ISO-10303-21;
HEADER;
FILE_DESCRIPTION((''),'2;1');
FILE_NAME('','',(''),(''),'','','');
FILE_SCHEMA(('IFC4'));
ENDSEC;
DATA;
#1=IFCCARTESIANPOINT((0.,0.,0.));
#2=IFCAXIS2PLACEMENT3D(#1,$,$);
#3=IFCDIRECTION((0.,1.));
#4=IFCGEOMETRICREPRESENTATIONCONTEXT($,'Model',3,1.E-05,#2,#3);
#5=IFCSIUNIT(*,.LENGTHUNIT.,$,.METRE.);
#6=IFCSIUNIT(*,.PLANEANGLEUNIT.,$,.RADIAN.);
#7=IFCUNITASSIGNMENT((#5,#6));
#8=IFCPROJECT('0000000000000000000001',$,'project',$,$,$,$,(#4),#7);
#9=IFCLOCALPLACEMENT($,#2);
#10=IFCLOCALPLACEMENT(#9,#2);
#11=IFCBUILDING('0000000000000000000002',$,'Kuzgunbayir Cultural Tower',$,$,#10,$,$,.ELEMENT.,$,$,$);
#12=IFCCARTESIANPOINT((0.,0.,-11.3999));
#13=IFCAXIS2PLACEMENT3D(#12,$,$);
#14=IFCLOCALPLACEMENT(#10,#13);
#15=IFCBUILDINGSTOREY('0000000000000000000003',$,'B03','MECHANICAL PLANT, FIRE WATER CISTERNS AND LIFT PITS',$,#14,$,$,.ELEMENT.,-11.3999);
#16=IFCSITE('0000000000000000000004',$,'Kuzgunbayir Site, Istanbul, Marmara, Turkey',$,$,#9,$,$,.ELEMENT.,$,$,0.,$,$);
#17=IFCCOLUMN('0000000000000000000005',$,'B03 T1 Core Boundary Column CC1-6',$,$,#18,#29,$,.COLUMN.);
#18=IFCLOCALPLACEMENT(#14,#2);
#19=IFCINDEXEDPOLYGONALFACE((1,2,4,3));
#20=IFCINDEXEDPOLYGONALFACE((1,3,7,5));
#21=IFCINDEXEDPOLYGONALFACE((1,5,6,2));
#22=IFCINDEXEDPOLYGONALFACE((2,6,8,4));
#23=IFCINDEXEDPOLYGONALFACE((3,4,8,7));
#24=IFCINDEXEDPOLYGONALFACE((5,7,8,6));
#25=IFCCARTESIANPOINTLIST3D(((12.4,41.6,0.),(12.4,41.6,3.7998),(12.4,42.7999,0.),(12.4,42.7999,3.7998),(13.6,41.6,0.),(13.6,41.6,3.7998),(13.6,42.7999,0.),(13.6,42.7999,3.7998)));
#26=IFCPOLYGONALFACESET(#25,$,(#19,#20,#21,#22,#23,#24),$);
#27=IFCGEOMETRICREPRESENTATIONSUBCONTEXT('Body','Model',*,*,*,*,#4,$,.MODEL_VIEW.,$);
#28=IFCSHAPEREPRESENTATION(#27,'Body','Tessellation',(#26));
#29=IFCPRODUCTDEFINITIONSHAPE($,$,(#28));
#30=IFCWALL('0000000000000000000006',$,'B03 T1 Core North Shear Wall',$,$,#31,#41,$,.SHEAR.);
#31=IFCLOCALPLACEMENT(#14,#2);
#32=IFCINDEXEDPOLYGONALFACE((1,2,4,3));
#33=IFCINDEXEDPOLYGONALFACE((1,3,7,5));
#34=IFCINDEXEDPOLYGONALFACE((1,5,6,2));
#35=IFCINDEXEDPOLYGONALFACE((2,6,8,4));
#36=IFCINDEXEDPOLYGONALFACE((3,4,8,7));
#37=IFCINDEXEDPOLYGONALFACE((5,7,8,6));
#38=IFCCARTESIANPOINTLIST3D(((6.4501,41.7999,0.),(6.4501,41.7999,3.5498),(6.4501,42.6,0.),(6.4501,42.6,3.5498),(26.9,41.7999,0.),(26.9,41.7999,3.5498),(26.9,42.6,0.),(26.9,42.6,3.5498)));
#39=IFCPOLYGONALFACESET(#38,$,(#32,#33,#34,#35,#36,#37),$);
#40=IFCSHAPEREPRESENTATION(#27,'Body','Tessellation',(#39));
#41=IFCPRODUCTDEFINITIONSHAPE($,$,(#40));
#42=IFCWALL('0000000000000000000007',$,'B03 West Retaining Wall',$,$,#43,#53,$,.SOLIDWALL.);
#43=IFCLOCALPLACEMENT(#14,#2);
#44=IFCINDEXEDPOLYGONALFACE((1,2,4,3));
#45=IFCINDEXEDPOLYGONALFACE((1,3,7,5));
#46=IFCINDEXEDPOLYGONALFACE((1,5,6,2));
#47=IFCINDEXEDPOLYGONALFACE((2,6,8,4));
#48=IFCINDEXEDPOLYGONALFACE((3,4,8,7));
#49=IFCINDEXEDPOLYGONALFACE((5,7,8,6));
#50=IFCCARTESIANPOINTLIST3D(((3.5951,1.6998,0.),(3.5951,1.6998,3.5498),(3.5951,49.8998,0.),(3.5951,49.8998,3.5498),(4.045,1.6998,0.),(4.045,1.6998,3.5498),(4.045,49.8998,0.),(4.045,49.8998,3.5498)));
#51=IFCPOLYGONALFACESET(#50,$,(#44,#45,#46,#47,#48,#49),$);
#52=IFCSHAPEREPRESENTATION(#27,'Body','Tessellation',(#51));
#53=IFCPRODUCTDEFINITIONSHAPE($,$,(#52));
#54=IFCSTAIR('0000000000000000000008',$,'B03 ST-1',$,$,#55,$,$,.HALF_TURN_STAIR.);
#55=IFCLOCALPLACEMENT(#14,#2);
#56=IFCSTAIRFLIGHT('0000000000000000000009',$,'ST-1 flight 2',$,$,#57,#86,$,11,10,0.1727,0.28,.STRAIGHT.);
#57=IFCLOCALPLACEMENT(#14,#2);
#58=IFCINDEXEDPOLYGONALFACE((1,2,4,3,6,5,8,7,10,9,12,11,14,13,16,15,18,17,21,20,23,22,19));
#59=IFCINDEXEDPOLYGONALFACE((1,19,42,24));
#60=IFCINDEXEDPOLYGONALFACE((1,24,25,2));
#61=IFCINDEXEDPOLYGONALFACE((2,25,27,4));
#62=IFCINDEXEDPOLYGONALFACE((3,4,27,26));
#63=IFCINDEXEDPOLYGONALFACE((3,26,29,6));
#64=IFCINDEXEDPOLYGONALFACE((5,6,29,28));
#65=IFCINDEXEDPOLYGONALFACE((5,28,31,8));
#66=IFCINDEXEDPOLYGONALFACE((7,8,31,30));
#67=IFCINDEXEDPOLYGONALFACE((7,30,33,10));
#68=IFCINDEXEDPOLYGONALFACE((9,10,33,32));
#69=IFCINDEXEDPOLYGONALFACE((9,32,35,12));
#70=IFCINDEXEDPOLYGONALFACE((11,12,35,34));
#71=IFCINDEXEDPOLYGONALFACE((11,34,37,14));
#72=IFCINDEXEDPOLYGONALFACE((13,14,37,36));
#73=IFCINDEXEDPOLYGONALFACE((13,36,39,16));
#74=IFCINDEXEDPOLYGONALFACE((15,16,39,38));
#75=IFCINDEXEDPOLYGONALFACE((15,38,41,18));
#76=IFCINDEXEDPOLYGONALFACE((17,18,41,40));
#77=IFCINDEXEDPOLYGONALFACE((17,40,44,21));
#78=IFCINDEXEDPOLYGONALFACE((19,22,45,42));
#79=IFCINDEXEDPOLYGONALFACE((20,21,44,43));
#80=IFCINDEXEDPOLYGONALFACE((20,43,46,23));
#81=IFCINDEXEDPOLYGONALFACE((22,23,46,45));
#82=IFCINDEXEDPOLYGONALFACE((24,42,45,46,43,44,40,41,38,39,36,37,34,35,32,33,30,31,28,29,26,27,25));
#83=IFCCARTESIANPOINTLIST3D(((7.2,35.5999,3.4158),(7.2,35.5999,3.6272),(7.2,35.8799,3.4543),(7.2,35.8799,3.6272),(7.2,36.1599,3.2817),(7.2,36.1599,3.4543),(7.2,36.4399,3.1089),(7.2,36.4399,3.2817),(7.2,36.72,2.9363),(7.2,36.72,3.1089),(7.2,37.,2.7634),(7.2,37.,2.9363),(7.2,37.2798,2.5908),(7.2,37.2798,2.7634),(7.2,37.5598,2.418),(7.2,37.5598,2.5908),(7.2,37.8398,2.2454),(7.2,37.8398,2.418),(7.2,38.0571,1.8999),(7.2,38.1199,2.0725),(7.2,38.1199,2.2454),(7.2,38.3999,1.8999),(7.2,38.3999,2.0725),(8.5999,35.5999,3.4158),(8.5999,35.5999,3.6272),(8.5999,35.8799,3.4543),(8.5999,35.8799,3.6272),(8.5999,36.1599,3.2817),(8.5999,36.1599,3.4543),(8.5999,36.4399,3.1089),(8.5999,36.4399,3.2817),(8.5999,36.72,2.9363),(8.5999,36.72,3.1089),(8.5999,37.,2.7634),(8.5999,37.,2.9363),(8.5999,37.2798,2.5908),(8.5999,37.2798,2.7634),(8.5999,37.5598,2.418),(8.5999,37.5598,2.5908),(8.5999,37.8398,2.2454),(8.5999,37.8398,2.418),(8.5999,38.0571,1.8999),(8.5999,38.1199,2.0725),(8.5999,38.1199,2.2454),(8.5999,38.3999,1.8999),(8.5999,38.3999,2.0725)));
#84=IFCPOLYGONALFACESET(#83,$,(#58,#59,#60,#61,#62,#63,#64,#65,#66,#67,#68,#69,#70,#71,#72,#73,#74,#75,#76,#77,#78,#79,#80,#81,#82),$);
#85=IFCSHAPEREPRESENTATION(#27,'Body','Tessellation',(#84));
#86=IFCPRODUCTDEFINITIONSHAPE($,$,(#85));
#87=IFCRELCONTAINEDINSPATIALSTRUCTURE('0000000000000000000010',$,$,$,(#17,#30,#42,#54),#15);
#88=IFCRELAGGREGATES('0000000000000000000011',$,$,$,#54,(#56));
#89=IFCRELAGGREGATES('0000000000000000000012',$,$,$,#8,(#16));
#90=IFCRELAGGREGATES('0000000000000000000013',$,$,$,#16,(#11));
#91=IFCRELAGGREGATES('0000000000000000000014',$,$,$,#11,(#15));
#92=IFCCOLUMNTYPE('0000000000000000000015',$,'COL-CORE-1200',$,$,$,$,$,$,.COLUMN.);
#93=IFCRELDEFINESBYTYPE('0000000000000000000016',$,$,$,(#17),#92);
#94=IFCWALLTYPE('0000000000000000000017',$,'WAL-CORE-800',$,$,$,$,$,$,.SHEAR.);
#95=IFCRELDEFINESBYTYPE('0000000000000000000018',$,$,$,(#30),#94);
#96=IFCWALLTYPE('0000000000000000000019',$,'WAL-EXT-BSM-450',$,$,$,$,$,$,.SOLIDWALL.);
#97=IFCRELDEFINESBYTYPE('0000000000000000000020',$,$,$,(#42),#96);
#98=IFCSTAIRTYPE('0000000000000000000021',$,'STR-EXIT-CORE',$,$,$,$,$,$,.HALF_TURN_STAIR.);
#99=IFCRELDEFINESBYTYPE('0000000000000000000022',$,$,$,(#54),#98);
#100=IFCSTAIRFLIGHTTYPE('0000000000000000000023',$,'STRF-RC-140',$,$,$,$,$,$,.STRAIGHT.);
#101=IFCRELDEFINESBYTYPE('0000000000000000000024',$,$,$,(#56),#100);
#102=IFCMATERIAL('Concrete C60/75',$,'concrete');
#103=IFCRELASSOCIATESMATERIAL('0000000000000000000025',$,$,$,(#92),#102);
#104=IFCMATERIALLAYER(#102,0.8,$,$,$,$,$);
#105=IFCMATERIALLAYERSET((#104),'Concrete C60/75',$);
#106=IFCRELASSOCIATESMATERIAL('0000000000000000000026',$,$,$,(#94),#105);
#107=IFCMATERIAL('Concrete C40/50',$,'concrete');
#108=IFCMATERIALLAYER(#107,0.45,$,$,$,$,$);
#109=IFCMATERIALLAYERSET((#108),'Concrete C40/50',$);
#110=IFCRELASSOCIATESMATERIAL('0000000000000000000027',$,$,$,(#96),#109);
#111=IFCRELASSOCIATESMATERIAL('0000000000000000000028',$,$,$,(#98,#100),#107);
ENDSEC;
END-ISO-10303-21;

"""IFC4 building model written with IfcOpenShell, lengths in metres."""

from ifc_helpers import new_model, si_unit, direction, frame, frame_2d, origin, origin_2d, place, context, subcontext, project, spatial, polyline, rectangle, outline, extrude, material, layer, layer_set, material_profile, profile_set, type_object, element, aggregate, save


model = new_model("IFC4")

# Units and contexts
model_context = context("Model", 3, precision=1e-05, world=origin(), true_north=direction((0.0, 1.0)))
body_context = subcontext(model_context, "Body", "Model", "MODEL_VIEW")
ifc_project = project(units=[si_unit("LENGTHUNIT", "METRE"), si_unit("PLANEANGLEUNIT", "RADIAN")], contexts=[model_context])

# Site, building, storey
site_placement = place(None, origin())
site = spatial("IfcSite", under=ifc_project, at=site_placement, Name="Kuzgunbayir Site, Istanbul, Marmara, Turkey", CompositionType="ELEMENT", RefElevation=0.0)
building_placement = place(site_placement, origin())
building = spatial("IfcBuilding", under=site, at=building_placement, Name="Kuzgunbayir Cultural Tower", CompositionType="ELEMENT")
storey_placement = place(building_placement, frame((0.0, 0.0, -11.3999)))
storey = spatial("IfcBuildingStorey", under=building, at=storey_placement, Name="B03", Description="MECHANICAL PLANT, FIRE WATER CISTERNS AND LIFT PITS", CompositionType="ELEMENT", Elevation=-11.3999)

# Shared definitions
ifc_material_1 = material(Name="Concrete C40/50", Category="concrete")

# Column
ifc_material_2 = material(Name="Concrete C60/75", Category="concrete")
ifc_material_profile_1 = material_profile(ifc_material_2, rectangle(XDim=1.2, YDim=1.2, at=origin_2d()), Name="RC 1200x1200")
ifc_profile_set_1 = profile_set([ifc_material_profile_1], Name="Concrete C60/75")
column_type = type_object("IfcColumnType", Name="COL-CORE-1200", PredefinedType="COLUMN", material=ifc_profile_set_1)
for number, where, z_axis, x_axis, name in (
    (1, (13.0, 42.2, 0.0), (0.0, 0.0, 1.0), (1.0, 0.0, 0.0), "B03 T1 Core Boundary Column CC1-6"),
):
    element("IfcColumn", number, at=place(storey_placement, frame(where, z_axis=z_axis, x_axis=x_axis)), inside=storey, type_object=column_type, Name=name, PredefinedType="COLUMN", context=body_context, shape_type="SweptSolid", body=[
        extrude(rectangle(XDim=1.2, YDim=1.2, at=origin_2d()), origin(), (0.0, 0.0, 1.0), 3.7998),
    ])

# Walls
ifc_layer_1 = layer(ifc_material_2, 0.8)
ifc_layer_set_1 = layer_set([ifc_layer_1], Name="Concrete C60/75")
wall_type_1 = type_object("IfcWallType", Name="WAL-CORE-800", PredefinedType="SHEAR", material=ifc_layer_set_1)
wall_1_placement = place(storey_placement, frame((6.45, 42.2, 0.0), z_axis=(0.0, 0.0, 1.0), x_axis=(1.0, 0.0, 0.0)))
element("IfcWall", 2, at=wall_1_placement, inside=storey, type_object=wall_type_1, Name="B03 T1 Core North Shear Wall", PredefinedType="SHEAR", context=body_context, shape_type="SweptSolid", body=[
    extrude(rectangle(XDim=20.45, YDim=0.8, at=frame_2d((10.2251, 0.0))), origin(), (0.0, 0.0, 1.0), 3.5498),
])
ifc_layer_2 = layer(ifc_material_1, 0.45)
ifc_layer_set_2 = layer_set([ifc_layer_2], Name="Concrete C40/50")
wall_type_2 = type_object("IfcWallType", Name="WAL-EXT-BSM-450", PredefinedType="SOLIDWALL", material=ifc_layer_set_2)
wall_2_placement = place(storey_placement, frame((3.8201, 49.8999, 0.0), z_axis=(0.0, 0.0, 1.0), x_axis=(0.0, -1.0, 0.0)))
element("IfcWall", 3, at=wall_2_placement, inside=storey, type_object=wall_type_2, Name="B03 West Retaining Wall", PredefinedType="SOLIDWALL", context=body_context, shape_type="SweptSolid", body=[
    extrude(rectangle(XDim=48.2, YDim=0.45, at=frame_2d((24.1001, 0.0))), origin(), (0.0, 0.0, 1.0), 3.5498),
])

# Stair, stair flight
stair_type = type_object("IfcStairType", Name="STR-EXIT-CORE", PredefinedType="HALF_TURN_STAIR", material=ifc_material_1)
stair_placement = place(storey_placement, origin())
stair = element("IfcStair", 4, at=stair_placement, inside=storey, type_object=stair_type, Name="B03 ST-1", PredefinedType="HALF_TURN_STAIR")
stair_flight_type = type_object("IfcStairFlightType", Name="STRF-RC-140", PredefinedType="STRAIGHT", material=ifc_material_1)
stair_flight_placement = place(storey_placement, frame((7.8999, 38.3999, 1.8999), z_axis=(0.0, 0.0, 1.0), x_axis=(0.0, -1.0, 0.0)))
stair_flight = element("IfcStairFlight", 5, at=stair_flight_placement, type_object=stair_flight_type, Name="ST-1 flight 2", NumberOfRisers=11, NumberOfTreads=10, PredefinedType="STRAIGHT", RiserHeight=0.1727, TreadLength=0.28, context=body_context, shape_type="SweptSolid", body=[
    extrude(outline(polyline([(0.0, 0.0), (0.0, 0.1726), (0.28, 0.1726), (0.28, 0.3455), (0.5601, 0.3455), (0.5601, 0.5181), (0.8401, 0.5181), (0.8401, 0.6909), (1.1201, 0.6909), (1.1201, 0.8635), (1.3999, 0.8635), (1.3999, 1.0364), (1.6799, 1.0364), (1.6799, 1.209), (1.96, 1.209), (1.96, 1.3818), (2.24, 1.3818), (2.24, 1.5544), (2.52, 1.5544), (2.52, 1.7273), (2.8, 1.7273), (2.8, 1.8999), (2.8, 1.5159), (0.3428, 0.0), (0.0, 0.0)])), frame((0.0, 0.7, 0.0), z_axis=(0.0, -1.0, 0.0), x_axis=(1.0, 0.0, 0.0)), (0.0, 0.0, 1.0), 1.3999),
])
aggregate(stair, [stair_flight])

save(model, "model.ifc")
